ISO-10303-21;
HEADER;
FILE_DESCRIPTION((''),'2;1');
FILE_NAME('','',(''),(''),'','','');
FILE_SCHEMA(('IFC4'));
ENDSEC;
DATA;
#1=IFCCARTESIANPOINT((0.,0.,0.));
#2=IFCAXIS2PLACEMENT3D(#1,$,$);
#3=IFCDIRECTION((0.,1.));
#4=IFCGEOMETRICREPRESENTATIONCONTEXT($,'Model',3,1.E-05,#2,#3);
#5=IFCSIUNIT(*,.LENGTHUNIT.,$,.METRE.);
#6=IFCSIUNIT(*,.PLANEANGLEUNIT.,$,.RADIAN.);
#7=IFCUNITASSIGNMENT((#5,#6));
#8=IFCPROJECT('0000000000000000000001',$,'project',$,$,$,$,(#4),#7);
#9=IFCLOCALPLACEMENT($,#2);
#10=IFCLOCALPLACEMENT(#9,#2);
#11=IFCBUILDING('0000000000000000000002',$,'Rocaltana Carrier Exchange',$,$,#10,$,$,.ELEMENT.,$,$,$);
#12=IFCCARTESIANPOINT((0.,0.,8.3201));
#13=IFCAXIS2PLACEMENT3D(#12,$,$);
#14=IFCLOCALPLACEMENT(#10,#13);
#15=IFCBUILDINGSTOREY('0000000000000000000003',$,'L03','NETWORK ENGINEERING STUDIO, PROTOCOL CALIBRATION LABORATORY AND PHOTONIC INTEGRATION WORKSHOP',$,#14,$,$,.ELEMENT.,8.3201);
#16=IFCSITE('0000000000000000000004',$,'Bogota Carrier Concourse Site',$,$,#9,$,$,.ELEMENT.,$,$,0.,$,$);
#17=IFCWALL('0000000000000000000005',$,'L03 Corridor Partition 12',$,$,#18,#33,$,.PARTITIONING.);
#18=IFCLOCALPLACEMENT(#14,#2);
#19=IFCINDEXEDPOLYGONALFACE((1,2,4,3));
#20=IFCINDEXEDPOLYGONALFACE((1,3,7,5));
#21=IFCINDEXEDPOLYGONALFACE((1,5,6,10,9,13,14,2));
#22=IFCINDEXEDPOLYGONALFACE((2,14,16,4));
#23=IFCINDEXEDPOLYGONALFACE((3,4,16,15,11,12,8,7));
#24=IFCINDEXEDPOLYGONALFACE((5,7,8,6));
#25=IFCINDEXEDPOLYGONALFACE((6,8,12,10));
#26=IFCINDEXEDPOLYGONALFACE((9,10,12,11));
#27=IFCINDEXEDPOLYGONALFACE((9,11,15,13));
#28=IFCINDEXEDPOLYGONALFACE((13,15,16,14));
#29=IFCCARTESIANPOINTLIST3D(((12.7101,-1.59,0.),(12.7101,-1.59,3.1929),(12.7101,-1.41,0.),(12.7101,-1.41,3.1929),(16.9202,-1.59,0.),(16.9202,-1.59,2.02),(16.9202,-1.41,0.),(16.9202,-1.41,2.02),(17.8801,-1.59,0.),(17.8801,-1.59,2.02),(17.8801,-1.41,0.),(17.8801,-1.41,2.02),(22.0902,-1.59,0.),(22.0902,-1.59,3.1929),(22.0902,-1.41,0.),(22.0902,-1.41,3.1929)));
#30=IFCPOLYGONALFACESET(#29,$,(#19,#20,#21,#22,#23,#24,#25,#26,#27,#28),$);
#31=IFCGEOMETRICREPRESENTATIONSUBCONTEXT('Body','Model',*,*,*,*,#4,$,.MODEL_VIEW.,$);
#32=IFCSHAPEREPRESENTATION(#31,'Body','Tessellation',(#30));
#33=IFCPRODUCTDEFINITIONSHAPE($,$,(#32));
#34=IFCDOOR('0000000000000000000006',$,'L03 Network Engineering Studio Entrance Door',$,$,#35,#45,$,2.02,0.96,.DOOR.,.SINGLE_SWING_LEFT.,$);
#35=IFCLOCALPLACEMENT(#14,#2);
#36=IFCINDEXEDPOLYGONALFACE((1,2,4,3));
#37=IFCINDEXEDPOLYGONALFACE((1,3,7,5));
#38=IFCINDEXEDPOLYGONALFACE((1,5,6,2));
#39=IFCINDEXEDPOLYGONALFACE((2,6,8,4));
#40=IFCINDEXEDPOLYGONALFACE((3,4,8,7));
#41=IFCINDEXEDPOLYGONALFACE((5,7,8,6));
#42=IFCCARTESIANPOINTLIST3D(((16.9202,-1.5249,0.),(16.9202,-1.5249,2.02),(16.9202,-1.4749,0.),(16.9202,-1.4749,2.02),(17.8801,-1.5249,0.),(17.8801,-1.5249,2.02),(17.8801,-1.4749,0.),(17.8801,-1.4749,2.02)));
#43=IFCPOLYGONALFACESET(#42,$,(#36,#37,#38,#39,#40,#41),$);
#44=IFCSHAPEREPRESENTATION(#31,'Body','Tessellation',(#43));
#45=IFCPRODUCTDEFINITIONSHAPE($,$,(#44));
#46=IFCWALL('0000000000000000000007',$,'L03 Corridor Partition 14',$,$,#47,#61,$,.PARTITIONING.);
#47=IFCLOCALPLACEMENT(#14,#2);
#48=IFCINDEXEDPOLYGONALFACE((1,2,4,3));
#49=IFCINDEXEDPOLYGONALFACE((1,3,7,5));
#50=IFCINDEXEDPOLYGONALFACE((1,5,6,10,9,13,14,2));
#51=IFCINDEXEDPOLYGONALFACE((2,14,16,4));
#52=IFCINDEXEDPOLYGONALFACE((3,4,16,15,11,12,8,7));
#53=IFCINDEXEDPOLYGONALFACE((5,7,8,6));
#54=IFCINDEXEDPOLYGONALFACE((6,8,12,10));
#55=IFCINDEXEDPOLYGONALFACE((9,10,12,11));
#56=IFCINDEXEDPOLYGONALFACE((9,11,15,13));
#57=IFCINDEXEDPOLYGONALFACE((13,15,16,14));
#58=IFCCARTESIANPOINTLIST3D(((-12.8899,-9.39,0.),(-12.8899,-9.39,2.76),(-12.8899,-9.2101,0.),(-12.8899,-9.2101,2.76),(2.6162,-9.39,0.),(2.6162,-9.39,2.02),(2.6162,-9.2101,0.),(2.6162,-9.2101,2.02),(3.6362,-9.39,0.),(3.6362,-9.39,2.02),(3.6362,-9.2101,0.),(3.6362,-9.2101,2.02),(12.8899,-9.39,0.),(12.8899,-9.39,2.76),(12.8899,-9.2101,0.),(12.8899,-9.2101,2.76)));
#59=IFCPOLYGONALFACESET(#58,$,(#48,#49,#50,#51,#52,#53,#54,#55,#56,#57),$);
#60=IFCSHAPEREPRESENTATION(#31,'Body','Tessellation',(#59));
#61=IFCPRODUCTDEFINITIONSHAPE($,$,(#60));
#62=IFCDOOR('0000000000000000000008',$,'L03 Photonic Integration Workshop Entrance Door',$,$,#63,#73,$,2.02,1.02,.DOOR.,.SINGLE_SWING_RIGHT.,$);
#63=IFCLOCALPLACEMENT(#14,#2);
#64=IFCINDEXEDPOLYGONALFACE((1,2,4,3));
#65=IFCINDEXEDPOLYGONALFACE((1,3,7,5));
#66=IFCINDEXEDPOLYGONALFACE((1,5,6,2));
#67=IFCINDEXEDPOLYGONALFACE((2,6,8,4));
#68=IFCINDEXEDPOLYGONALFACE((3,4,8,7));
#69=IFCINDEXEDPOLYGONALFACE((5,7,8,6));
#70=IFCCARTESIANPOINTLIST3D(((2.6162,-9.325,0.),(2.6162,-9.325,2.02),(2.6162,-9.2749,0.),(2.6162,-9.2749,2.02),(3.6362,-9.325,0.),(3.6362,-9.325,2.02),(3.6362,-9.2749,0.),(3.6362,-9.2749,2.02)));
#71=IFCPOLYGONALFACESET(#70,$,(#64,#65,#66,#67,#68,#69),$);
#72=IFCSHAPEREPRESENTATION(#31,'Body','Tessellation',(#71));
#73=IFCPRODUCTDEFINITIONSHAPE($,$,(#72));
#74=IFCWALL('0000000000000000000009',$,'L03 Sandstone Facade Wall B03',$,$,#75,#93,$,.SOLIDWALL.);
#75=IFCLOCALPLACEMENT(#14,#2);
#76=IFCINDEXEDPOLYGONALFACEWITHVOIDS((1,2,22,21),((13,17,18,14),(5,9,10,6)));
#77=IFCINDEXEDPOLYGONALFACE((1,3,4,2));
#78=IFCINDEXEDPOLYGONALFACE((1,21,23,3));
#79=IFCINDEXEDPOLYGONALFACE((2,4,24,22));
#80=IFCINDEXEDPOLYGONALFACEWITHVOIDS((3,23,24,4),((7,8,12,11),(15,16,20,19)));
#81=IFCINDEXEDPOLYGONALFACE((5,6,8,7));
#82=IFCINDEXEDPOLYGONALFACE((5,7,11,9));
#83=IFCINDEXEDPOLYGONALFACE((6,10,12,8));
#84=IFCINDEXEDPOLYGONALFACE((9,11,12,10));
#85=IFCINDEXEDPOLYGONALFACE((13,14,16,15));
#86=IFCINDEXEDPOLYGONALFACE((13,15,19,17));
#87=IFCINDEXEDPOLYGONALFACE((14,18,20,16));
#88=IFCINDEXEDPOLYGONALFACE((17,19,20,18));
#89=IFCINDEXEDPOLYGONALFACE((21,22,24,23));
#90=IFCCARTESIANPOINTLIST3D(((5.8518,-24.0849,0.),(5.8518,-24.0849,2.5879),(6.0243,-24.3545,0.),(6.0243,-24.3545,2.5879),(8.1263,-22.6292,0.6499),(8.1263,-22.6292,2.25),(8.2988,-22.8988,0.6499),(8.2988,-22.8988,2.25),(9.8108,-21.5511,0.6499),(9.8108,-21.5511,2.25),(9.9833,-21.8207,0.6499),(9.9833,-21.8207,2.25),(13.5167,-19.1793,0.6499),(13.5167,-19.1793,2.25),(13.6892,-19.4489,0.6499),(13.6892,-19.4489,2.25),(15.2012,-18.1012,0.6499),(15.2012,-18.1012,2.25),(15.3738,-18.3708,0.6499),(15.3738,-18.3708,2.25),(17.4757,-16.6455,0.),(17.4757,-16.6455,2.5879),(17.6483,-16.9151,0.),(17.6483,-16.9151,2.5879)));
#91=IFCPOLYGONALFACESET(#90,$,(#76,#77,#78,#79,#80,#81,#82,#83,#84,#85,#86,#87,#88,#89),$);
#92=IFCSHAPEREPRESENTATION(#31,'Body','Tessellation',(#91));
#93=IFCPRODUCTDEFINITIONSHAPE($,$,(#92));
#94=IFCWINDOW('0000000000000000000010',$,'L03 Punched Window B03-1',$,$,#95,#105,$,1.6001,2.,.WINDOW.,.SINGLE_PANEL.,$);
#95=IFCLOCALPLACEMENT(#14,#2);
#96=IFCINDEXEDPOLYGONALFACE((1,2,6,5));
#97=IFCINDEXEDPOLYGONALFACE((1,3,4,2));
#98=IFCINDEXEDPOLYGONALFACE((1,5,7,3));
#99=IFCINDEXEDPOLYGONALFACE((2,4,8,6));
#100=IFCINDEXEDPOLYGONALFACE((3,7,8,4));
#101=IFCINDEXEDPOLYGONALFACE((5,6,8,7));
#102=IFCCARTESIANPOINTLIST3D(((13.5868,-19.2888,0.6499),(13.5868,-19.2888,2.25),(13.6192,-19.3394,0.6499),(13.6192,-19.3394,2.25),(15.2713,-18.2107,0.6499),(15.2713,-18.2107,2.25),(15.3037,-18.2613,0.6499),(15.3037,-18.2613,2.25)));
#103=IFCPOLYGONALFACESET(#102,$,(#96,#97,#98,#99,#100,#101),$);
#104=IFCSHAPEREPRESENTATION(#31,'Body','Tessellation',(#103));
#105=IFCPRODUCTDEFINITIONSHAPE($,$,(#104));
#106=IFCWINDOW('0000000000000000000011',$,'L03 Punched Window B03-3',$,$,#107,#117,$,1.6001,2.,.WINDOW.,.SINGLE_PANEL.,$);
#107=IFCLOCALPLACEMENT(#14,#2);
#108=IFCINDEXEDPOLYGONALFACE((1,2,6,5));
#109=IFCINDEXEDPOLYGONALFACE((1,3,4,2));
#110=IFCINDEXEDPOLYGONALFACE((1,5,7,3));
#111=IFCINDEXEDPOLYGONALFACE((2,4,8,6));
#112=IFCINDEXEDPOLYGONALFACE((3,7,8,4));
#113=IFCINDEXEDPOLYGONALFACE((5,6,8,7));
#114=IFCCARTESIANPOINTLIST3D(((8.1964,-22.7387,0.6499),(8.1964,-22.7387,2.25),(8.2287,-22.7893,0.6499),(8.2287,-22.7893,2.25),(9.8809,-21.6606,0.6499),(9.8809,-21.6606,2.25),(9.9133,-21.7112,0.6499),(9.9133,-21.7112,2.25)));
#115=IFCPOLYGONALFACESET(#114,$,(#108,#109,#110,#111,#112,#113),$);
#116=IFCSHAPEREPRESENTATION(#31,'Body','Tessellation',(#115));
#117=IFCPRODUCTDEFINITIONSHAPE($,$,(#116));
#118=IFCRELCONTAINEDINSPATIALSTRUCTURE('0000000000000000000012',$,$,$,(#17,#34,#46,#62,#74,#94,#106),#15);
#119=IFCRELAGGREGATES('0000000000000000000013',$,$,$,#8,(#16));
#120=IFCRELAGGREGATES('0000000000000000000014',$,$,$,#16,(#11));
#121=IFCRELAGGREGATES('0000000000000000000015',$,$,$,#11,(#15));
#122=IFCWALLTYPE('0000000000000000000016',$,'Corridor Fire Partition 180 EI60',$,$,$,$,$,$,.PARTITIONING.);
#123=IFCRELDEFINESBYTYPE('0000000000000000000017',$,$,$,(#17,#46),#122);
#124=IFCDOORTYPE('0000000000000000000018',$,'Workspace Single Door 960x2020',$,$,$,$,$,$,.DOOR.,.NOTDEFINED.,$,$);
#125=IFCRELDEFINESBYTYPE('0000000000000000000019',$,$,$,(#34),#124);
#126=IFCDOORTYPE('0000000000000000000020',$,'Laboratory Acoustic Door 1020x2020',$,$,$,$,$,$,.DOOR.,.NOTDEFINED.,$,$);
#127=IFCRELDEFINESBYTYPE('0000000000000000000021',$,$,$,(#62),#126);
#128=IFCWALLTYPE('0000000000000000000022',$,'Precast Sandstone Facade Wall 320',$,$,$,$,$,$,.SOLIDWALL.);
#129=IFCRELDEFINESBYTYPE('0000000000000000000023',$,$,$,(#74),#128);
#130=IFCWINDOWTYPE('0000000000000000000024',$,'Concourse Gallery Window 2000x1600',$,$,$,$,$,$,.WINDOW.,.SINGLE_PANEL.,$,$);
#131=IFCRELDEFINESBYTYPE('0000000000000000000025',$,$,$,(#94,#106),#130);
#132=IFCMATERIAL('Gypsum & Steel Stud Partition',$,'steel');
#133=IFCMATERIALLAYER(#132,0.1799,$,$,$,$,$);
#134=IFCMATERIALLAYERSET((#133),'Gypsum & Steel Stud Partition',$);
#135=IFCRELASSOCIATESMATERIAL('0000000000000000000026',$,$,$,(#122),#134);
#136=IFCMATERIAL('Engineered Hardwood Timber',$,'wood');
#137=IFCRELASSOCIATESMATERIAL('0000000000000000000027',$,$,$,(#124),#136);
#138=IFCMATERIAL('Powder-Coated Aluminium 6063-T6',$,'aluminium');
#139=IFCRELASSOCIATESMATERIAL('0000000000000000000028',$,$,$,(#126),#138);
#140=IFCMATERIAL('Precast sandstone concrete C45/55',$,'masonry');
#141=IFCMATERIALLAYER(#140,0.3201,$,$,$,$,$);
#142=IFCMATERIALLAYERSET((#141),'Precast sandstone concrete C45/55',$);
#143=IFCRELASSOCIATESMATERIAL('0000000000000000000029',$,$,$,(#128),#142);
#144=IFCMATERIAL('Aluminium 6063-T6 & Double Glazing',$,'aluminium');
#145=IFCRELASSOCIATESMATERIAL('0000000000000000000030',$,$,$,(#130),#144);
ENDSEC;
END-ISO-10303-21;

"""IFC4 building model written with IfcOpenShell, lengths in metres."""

from ifc_helpers import new_model, si_unit, direction, frame, frame_2d, origin, place, context, subcontext, project, spatial, rectangle, extrude, material, layer, layer_set, type_object, element, fill, save


model = new_model("IFC4")

# Units and contexts
model_context = context("Model", 3, precision=1e-05, world=origin(), true_north=direction((0.0, 1.0)))
body_context = subcontext(model_context, "Body", "Model", "MODEL_VIEW")
ifc_project = project(units=[si_unit("LENGTHUNIT", "METRE"), si_unit("PLANEANGLEUNIT", "RADIAN")], contexts=[model_context])

# Site, building, storey
site_placement = place(None, origin())
site = spatial("IfcSite", under=ifc_project, at=site_placement, Name="Bogota Carrier Concourse Site", CompositionType="ELEMENT", RefElevation=0.0)
building_placement = place(site_placement, origin())
building = spatial("IfcBuilding", under=site, at=building_placement, Name="Rocaltana Carrier Exchange", CompositionType="ELEMENT")
storey_placement = place(building_placement, frame((0.0, 0.0, 8.3201)))
storey = spatial("IfcBuildingStorey", under=building, at=storey_placement, Name="L03", Description="NETWORK ENGINEERING STUDIO, PROTOCOL CALIBRATION LABORATORY AND PHOTONIC INTEGRATION WORKSHOP", CompositionType="ELEMENT", Elevation=8.3201)

# Walls, openings, doors
ifc_material_1 = material(Name="Gypsum & Steel Stud Partition", Category="steel")
ifc_layer_1 = layer(ifc_material_1, 0.1799)
ifc_layer_set_1 = layer_set([ifc_layer_1], Name="Gypsum & Steel Stud Partition")
wall_type_1 = type_object("IfcWallType", Name="Corridor Fire Partition 180 EI60", PredefinedType="PARTITIONING", material=ifc_layer_set_1)
wall_1_placement = place(storey_placement, frame((22.0901, -1.5, 0.0), z_axis=(0.0, 0.0, 1.0), x_axis=(-1.0, 0.0, 0.0)))
wall_1 = element("IfcWall", 1, at=wall_1_placement, inside=storey, type_object=wall_type_1, Name="L03 Corridor Partition 12", PredefinedType="PARTITIONING", context=body_context, shape_type="SweptSolid", body=[
    extrude(rectangle(XDim=9.3801, YDim=0.1799, at=frame_2d((4.6899, 0.0))), origin(), (0.0, 0.0, 1.0), 3.1929),
])
opening_1_placement = place(wall_1_placement, frame((4.21, 0.0, 0.0)))
opening_1 = element("IfcOpeningElement", 2, at=opening_1_placement, cuts=wall_1, PredefinedType="OPENING", context=body_context, shape_type="SweptSolid", body=[
    extrude(rectangle(XDim=0.96, YDim=2.02, at=frame_2d((0.48, 1.01))), frame((0.0, 0.0999, 0.0), z_axis=(0.0, -1.0, 0.0), x_axis=(1.0, 0.0, 0.0)), (0.0, 0.0, 1.0), 0.2),
])
ifc_material_2 = material(Name="Engineered Hardwood Timber", Category="wood")
door_type_1 = type_object("IfcDoorType", Name="Workspace Single Door 960x2020", OperationType="NOTDEFINED", PredefinedType="DOOR", material=ifc_material_2)
door_1_placement = place(opening_1_placement, origin())
door_1 = element("IfcDoor", 3, at=door_1_placement, inside=storey, type_object=door_type_1, Name="L03 Network Engineering Studio Entrance Door", OperationType="SINGLE_SWING_LEFT", OverallHeight=2.02, OverallWidth=0.96, PredefinedType="DOOR", context=body_context, shape_type="SweptSolid", body=[
    extrude(rectangle(XDim=0.96, YDim=2.02, at=frame_2d((0.48, 1.01))), frame((0.0, 0.0249, 0.0), z_axis=(0.0, -1.0, 0.0), x_axis=(1.0, 0.0, 0.0)), (0.0, 0.0, 1.0), 0.05),
])
fill(opening_1, door_1)
wall_2_placement = place(storey_placement, frame((12.8899, -9.3, 0.0), z_axis=(0.0, 0.0, 1.0), x_axis=(-1.0, 0.0, 0.0)))
wall_2 = element("IfcWall", 4, at=wall_2_placement, inside=storey, type_object=wall_type_1, Name="L03 Corridor Partition 14", PredefinedType="PARTITIONING", context=body_context, shape_type="SweptSolid", body=[
    extrude(rectangle(XDim=25.7798, YDim=0.1799, at=frame_2d((12.8899, 0.0))), origin(), (0.0, 0.0, 1.0), 2.76),
])
opening_2_placement = place(wall_2_placement, frame((9.2537, 0.0, 0.0)))
opening_2 = element("IfcOpeningElement", 5, at=opening_2_placement, cuts=wall_2, PredefinedType="OPENING", context=body_context, shape_type="SweptSolid", body=[
    extrude(rectangle(XDim=1.02, YDim=2.02, at=frame_2d((0.51, 1.01))), frame((0.0, 0.0999, 0.0), z_axis=(0.0, -1.0, 0.0), x_axis=(1.0, 0.0, 0.0)), (0.0, 0.0, 1.0), 0.2),
])
ifc_material_3 = material(Name="Powder-Coated Aluminium 6063-T6", Category="aluminium")
door_type_2 = type_object("IfcDoorType", Name="Laboratory Acoustic Door 1020x2020", OperationType="NOTDEFINED", PredefinedType="DOOR", material=ifc_material_3)
door_2_placement = place(opening_2_placement, origin())
door_2 = element("IfcDoor", 6, at=door_2_placement, inside=storey, type_object=door_type_2, Name="L03 Photonic Integration Workshop Entrance Door", OperationType="SINGLE_SWING_RIGHT", OverallHeight=2.02, OverallWidth=1.02, PredefinedType="DOOR", context=body_context, shape_type="SweptSolid", body=[
    extrude(rectangle(XDim=1.02, YDim=2.02, at=frame_2d((0.51, 1.01))), frame((0.0, 0.0249, 0.0), z_axis=(0.0, -1.0, 0.0), x_axis=(1.0, 0.0, 0.0)), (0.0, 0.0, 1.0), 0.05),
])
fill(opening_2, door_2)

# Wall, openings, windows
ifc_material_4 = material(Name="Precast sandstone concrete C45/55", Category="masonry")
ifc_layer_2 = layer(ifc_material_4, 0.3201)
ifc_layer_set_2 = layer_set([ifc_layer_2], Name="Precast sandstone concrete C45/55")
wall_type_2 = type_object("IfcWallType", Name="Precast Sandstone Facade Wall 320", PredefinedType="SOLIDWALL", material=ifc_layer_set_2)
wall_3_placement = place(storey_placement, frame((17.562, -16.7803, 0.0), z_axis=(0.0, 0.0, 1.0), x_axis=(-0.842269, -0.539058, 0.0)))
wall_3 = element("IfcWall", 7, at=wall_3_placement, inside=storey, type_object=wall_type_2, Name="L03 Sandstone Facade Wall B03", PredefinedType="SOLIDWALL", context=body_context, shape_type="SweptSolid", body=[
    extrude(rectangle(XDim=13.8008, YDim=0.3201, at=frame_2d((6.9004, 0.0))), origin(), (0.0, 0.0, 1.0), 2.5879),
])
opening_3_placement = place(wall_3_placement, frame((2.7004, 0.0, 0.6499)))
opening_3 = element("IfcOpeningElement", 8, at=opening_3_placement, cuts=wall_3, PredefinedType="OPENING", context=body_context, shape_type="SweptSolid", body=[
    extrude(rectangle(XDim=2.0, YDim=1.6001, at=frame_2d((1.0, 0.8))), frame((0.0, 0.1699, 0.0), z_axis=(0.0, -1.0, 0.0), x_axis=(1.0, 0.0, 0.0)), (0.0, 0.0, 1.0), 0.3401),
])
opening_4_placement = place(wall_3_placement, frame((9.1003, 0.0, 0.6499)))
opening_4 = element("IfcOpeningElement", 9, at=opening_4_placement, cuts=wall_3, PredefinedType="OPENING", context=body_context, shape_type="SweptSolid", body=[
    extrude(rectangle(XDim=2.0, YDim=1.6001, at=frame_2d((1.0, 0.8))), frame((0.0, 0.1699, 0.0), z_axis=(0.0, -1.0, 0.0), x_axis=(1.0, 0.0, 0.0)), (0.0, 0.0, 1.0), 0.3401),
])
ifc_material_5 = material(Name="Aluminium 6063-T6 & Double Glazing", Category="aluminium")
window_type_1 = type_object("IfcWindowType", Name="Concourse Gallery Window 2000x1600", PartitioningType="SINGLE_PANEL", PredefinedType="WINDOW", material=ifc_material_5)
window_1_placement = place(opening_3_placement, origin())
window_1 = element("IfcWindow", 10, at=window_1_placement, inside=storey, type_object=window_type_1, Name="L03 Punched Window B03-1", OverallHeight=1.6001, OverallWidth=2.0, PartitioningType="SINGLE_PANEL", PredefinedType="WINDOW", context=body_context, shape_type="SweptSolid", body=[
    extrude(rectangle(XDim=2.0, YDim=1.6001, at=frame_2d((1.0, 0.8))), frame((0.0, 0.03, 0.0), z_axis=(0.0, -1.0, 0.0), x_axis=(1.0, 0.0, 0.0)), (0.0, 0.0, 1.0), 0.0601),
])
fill(opening_3, window_1)
window_2_placement = place(opening_4_placement, origin())
window_2 = element("IfcWindow", 11, at=window_2_placement, inside=storey, type_object=window_type_1, Name="L03 Punched Window B03-3", OverallHeight=1.6001, OverallWidth=2.0, PartitioningType="SINGLE_PANEL", PredefinedType="WINDOW", context=body_context, shape_type="SweptSolid", body=[
    extrude(rectangle(XDim=2.0, YDim=1.6001, at=frame_2d((1.0, 0.8))), frame((0.0, 0.03, 0.0), z_axis=(0.0, -1.0, 0.0), x_axis=(1.0, 0.0, 0.0)), (0.0, 0.0, 1.0), 0.0601),
])
fill(opening_4, window_2)

save(model, "model.ifc")
